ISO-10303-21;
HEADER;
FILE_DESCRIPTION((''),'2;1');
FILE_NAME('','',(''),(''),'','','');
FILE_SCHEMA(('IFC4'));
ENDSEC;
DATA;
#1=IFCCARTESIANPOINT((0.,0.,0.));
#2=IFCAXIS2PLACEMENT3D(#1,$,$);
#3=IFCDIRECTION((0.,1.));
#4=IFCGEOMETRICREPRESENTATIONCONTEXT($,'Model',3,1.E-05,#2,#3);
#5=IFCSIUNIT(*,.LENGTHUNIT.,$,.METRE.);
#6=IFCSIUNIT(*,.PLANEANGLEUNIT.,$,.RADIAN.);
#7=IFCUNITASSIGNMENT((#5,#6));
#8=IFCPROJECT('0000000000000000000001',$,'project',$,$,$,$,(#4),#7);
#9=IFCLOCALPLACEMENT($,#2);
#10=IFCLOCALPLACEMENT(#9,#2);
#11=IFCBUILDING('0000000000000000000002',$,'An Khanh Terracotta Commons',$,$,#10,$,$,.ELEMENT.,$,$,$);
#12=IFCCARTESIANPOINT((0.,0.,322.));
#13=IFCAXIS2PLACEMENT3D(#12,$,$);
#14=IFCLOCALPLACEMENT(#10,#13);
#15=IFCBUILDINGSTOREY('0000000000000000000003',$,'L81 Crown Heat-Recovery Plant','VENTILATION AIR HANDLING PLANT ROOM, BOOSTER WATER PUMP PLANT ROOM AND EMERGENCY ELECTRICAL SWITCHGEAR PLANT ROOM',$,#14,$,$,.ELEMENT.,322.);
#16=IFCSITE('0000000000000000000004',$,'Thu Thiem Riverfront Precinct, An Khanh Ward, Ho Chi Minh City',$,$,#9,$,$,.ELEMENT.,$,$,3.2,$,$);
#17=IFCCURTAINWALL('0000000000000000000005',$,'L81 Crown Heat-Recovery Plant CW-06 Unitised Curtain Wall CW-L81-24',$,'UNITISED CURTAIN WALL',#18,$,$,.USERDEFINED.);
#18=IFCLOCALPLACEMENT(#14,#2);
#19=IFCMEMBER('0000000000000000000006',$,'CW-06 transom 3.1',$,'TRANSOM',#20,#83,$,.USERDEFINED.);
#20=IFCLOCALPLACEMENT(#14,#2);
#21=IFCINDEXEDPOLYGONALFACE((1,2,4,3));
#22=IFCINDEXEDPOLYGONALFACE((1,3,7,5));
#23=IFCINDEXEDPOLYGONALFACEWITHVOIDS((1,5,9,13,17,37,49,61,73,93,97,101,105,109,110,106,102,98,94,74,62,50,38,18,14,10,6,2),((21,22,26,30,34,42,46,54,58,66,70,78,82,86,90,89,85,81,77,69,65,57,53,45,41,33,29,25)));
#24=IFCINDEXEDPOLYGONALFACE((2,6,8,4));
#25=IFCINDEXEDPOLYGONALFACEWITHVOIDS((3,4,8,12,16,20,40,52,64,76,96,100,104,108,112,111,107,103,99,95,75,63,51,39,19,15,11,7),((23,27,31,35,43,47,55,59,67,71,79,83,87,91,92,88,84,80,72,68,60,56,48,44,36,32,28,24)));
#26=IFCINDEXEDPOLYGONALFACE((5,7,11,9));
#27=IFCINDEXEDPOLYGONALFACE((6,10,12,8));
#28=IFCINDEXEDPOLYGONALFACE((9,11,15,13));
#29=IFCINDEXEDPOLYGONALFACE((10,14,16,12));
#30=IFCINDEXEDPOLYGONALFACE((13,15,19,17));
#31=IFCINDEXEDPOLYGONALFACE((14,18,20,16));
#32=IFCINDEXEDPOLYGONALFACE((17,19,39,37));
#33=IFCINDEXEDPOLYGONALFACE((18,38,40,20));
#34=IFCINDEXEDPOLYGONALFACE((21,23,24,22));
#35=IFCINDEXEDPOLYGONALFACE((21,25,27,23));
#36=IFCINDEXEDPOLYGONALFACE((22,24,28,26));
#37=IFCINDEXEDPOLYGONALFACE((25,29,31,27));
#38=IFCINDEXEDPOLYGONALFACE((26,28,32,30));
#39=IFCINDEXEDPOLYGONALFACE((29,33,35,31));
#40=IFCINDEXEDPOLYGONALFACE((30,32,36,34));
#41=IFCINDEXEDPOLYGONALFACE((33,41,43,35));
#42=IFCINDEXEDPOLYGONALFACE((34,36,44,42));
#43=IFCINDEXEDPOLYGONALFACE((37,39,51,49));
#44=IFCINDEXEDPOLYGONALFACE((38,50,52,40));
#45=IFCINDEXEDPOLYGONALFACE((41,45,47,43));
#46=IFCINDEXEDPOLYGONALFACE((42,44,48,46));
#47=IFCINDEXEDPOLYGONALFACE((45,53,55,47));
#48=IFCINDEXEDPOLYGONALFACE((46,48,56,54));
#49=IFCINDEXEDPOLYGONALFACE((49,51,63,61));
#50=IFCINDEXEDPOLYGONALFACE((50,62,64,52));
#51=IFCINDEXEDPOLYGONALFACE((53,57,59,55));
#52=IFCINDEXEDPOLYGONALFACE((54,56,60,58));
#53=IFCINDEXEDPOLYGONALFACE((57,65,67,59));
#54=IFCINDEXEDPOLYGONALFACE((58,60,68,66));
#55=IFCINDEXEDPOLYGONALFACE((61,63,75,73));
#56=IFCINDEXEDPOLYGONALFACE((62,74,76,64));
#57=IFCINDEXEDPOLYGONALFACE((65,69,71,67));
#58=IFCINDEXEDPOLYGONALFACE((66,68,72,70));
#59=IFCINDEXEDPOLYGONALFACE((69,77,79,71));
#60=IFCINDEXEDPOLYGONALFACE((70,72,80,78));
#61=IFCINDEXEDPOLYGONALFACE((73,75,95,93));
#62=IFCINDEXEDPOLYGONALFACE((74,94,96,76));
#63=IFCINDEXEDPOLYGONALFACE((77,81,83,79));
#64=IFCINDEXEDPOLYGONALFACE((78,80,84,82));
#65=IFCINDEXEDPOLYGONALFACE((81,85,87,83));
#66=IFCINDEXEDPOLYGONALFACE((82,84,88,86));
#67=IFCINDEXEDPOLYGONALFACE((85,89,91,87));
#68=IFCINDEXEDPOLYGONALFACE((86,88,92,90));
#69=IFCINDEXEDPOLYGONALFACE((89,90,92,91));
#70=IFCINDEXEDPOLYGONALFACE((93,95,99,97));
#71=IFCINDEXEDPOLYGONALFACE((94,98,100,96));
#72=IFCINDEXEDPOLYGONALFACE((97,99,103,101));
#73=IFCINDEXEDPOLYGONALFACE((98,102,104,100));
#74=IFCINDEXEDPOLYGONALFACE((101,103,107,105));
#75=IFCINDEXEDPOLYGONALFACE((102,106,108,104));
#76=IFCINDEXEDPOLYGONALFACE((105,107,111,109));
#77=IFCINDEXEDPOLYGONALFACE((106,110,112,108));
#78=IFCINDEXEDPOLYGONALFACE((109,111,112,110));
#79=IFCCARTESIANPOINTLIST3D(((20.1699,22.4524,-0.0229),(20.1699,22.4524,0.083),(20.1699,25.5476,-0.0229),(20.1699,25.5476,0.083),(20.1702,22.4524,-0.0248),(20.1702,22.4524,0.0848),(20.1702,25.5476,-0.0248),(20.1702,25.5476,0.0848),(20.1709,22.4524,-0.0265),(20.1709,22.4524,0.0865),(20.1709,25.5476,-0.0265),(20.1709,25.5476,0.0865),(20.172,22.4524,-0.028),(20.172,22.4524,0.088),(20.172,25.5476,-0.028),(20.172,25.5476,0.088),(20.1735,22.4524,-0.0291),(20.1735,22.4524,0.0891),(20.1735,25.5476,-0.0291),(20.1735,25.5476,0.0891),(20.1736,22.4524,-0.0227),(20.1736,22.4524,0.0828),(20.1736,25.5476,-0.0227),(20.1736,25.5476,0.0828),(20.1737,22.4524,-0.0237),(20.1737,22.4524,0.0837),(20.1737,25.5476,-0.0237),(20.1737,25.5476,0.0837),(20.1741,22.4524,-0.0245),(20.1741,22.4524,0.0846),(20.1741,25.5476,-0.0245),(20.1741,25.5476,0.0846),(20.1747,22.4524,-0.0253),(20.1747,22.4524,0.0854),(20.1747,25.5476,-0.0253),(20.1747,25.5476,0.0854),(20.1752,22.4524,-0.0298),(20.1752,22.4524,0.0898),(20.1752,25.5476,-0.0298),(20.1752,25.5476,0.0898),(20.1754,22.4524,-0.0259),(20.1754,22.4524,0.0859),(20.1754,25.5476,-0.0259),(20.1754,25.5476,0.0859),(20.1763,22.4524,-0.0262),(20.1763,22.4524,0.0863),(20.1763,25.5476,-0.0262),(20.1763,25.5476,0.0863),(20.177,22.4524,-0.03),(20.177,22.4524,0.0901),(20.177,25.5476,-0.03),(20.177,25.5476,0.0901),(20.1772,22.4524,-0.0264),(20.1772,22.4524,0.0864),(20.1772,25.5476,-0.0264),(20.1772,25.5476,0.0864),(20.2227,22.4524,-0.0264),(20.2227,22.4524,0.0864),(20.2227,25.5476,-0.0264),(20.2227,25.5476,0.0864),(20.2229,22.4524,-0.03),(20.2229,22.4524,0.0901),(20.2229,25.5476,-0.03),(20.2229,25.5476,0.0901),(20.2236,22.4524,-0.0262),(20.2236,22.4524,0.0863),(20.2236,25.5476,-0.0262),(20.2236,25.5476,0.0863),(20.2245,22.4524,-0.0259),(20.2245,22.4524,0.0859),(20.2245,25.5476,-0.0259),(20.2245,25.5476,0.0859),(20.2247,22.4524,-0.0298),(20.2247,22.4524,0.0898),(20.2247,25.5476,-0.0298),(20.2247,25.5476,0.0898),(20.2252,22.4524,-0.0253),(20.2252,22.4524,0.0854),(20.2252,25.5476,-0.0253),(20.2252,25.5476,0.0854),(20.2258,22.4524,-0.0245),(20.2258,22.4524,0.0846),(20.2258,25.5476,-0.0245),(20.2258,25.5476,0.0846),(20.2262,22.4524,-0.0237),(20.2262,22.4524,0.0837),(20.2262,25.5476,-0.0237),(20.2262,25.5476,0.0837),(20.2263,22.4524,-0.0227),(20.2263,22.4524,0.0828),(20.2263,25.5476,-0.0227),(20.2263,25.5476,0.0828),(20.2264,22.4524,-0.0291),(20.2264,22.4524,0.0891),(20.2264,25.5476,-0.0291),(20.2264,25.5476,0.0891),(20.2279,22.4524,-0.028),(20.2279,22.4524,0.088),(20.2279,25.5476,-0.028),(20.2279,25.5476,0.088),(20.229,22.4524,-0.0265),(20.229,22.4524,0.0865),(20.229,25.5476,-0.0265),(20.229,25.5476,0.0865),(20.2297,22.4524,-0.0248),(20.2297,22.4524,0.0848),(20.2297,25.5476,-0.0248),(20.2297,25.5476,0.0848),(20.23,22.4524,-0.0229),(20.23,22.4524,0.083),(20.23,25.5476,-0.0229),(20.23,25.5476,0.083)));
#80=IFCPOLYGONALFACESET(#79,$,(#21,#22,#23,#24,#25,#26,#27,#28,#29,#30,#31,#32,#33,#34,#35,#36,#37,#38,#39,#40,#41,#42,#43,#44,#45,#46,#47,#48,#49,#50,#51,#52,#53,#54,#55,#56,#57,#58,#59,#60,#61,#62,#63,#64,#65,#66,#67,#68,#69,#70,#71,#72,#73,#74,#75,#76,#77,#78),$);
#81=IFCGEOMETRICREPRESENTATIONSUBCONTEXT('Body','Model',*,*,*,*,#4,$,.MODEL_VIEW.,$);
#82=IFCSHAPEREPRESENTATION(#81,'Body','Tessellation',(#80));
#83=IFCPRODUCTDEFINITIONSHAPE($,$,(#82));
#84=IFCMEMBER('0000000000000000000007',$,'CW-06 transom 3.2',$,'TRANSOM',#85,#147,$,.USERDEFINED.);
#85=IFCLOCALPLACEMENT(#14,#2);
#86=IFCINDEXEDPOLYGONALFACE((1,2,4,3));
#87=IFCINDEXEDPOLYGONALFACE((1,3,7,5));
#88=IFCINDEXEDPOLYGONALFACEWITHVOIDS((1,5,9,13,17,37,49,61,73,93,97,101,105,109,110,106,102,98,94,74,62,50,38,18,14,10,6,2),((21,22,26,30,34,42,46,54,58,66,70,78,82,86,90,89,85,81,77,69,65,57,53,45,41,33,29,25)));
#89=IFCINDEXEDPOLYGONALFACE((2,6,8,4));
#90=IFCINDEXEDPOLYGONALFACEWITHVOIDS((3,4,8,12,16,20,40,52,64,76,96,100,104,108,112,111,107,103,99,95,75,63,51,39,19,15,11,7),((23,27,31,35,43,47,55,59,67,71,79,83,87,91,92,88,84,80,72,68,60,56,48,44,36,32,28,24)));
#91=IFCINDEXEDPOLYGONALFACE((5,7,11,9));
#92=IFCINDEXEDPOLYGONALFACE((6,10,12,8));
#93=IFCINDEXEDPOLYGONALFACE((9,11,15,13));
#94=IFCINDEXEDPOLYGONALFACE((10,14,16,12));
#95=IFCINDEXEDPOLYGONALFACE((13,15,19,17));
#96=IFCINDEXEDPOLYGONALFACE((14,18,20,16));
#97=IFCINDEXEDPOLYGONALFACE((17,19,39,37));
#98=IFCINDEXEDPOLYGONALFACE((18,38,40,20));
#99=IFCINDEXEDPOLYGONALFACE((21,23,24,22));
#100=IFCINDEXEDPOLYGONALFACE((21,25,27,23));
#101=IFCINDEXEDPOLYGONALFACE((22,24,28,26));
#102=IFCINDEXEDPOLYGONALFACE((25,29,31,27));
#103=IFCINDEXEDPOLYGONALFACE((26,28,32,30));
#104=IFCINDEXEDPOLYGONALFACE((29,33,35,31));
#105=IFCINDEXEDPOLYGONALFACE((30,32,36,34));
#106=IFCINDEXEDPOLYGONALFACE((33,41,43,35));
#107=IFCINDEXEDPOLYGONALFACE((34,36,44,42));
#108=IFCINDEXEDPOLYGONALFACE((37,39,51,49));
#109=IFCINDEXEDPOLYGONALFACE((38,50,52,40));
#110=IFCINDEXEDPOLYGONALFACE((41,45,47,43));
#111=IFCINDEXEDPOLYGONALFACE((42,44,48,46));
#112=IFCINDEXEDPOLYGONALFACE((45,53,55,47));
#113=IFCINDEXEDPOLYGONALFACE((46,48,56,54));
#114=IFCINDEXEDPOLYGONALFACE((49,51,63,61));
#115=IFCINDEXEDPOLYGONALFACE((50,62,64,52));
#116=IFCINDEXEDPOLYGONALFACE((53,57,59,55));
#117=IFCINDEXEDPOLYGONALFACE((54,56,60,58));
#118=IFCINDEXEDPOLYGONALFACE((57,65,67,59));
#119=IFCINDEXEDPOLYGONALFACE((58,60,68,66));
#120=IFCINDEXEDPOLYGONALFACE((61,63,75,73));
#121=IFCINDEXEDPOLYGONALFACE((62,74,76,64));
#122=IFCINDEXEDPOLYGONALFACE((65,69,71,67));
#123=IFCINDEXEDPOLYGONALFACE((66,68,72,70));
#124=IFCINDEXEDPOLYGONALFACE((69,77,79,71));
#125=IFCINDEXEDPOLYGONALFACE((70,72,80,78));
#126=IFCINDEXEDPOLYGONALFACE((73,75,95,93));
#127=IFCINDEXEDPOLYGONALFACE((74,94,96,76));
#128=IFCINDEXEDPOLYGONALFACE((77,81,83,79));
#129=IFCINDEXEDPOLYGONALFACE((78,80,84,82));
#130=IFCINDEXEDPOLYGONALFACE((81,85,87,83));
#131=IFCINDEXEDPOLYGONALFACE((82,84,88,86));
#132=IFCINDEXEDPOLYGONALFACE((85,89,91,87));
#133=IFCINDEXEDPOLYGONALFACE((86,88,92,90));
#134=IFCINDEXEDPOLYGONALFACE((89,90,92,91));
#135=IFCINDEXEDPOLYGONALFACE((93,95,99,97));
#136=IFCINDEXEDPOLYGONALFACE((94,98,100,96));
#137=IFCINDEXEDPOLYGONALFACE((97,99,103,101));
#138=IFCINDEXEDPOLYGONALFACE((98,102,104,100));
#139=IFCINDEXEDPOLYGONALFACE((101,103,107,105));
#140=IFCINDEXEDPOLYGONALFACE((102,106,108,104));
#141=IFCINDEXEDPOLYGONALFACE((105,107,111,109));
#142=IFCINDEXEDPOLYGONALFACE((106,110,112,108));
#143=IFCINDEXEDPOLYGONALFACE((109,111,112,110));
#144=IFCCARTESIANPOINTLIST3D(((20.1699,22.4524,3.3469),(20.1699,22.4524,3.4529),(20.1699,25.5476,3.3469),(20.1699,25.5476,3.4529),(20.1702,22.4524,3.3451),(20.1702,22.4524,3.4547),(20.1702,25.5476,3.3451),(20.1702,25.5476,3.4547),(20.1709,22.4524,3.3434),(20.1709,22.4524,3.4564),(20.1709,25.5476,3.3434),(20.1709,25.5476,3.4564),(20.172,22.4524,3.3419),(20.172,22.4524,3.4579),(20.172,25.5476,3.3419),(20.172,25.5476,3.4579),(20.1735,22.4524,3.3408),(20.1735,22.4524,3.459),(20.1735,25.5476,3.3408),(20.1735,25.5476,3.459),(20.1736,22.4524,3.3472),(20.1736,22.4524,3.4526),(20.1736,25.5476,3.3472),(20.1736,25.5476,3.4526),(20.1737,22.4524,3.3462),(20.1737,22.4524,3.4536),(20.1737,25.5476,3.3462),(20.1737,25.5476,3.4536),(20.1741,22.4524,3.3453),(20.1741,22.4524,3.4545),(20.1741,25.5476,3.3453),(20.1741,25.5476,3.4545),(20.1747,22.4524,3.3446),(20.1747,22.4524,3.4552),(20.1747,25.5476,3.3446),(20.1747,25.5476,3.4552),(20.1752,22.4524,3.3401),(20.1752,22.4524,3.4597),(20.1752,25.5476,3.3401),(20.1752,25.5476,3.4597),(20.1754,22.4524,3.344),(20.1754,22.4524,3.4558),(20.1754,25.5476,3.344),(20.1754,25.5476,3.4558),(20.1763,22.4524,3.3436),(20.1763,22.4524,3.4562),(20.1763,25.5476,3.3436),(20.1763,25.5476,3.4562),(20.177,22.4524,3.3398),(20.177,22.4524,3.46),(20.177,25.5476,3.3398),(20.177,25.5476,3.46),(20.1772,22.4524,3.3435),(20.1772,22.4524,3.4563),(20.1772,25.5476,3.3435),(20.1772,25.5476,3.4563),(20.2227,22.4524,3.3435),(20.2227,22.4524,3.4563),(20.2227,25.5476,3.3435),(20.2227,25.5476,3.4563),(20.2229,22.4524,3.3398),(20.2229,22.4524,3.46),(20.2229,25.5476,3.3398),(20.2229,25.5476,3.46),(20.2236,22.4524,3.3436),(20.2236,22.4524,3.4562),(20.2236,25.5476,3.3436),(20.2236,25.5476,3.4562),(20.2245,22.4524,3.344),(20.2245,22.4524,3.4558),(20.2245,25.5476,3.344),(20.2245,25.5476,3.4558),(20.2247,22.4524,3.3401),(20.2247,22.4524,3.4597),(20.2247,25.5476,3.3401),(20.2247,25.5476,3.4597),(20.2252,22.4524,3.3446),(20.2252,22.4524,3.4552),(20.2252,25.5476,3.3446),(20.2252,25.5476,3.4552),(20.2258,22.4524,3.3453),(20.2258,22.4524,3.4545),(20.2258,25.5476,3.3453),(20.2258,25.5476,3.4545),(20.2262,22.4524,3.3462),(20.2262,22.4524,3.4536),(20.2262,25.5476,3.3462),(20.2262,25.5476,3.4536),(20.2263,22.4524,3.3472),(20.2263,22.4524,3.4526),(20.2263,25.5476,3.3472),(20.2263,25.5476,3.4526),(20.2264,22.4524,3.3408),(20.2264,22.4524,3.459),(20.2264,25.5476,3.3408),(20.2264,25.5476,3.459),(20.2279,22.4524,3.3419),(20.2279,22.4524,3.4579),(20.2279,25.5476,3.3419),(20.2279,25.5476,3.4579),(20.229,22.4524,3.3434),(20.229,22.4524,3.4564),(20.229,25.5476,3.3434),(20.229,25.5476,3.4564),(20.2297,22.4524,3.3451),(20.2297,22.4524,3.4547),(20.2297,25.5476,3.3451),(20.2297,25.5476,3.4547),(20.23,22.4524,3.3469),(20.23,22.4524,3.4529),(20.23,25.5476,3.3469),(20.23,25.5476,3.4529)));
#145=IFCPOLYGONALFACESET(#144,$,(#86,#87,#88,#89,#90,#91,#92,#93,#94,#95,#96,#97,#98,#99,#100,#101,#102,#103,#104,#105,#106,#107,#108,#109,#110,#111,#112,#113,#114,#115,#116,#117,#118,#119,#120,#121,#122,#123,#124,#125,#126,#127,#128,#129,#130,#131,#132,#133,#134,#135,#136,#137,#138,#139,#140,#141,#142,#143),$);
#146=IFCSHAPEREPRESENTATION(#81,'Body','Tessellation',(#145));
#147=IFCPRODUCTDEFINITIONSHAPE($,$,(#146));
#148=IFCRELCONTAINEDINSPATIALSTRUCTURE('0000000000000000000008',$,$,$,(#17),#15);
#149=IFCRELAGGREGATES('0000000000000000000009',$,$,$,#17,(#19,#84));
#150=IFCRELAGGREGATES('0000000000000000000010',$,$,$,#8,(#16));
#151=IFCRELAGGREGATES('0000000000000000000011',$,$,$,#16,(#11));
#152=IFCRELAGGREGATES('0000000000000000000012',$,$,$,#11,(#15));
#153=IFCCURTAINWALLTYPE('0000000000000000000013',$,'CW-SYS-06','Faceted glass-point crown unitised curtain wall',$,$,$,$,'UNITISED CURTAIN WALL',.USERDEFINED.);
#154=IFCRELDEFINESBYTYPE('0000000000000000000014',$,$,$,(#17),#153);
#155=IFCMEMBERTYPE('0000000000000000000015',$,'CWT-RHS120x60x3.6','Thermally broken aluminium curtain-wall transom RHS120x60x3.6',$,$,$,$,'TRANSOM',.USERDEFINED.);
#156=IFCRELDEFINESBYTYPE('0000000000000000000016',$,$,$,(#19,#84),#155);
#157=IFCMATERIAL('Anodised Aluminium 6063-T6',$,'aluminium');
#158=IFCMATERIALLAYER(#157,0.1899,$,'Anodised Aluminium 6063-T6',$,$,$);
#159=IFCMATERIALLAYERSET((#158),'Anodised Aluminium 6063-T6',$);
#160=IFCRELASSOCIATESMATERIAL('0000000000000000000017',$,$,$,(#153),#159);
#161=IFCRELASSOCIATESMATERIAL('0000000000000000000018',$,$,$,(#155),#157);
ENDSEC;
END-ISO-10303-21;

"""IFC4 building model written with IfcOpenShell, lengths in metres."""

from ifc_helpers import new_model, si_unit, direction, frame, origin, origin_2d, place, context, subcontext, project, spatial, hollow_rectangle, extrude, material, layer, layer_set, material_profile, profile_set, type_object, element, aggregate, save


model = new_model("IFC4")

# Units and contexts
model_context = context("Model", 3, precision=1e-05, world=origin(), true_north=direction((0.0, 1.0)))
body_context = subcontext(model_context, "Body", "Model", "MODEL_VIEW")
ifc_project = project(units=[si_unit("LENGTHUNIT", "METRE"), si_unit("PLANEANGLEUNIT", "RADIAN")], contexts=[model_context])

# Site, building, storey
site_placement = place(None, origin())
site = spatial("IfcSite", under=ifc_project, at=site_placement, Name="Thu Thiem Riverfront Precinct, An Khanh Ward, Ho Chi Minh City", CompositionType="ELEMENT", RefElevation=3.2)
building_placement = place(site_placement, origin())
building = spatial("IfcBuilding", under=site, at=building_placement, Name="An Khanh Terracotta Commons", CompositionType="ELEMENT")
storey_placement = place(building_placement, frame((0.0, 0.0, 322.0)))
storey = spatial("IfcBuildingStorey", under=building, at=storey_placement, Name="L81 Crown Heat-Recovery Plant", Description="VENTILATION AIR HANDLING PLANT ROOM, BOOSTER WATER PUMP PLANT ROOM AND EMERGENCY ELECTRICAL SWITCHGEAR PLANT ROOM", CompositionType="ELEMENT", Elevation=322.0)

# Shared definitions
ifc_material_1 = material(Name="Anodised Aluminium 6063-T6", Category="aluminium")
ifc_layer_1 = layer(ifc_material_1, 0.1899, Name="Anodised Aluminium 6063-T6")
ifc_layer_set_1 = layer_set([ifc_layer_1], Name="Anodised Aluminium 6063-T6")
curtain_wall_type = type_object("IfcCurtainWallType", Name="CW-SYS-06", Description="Faceted glass-point crown unitised curtain wall", ElementType="UNITISED CURTAIN WALL", PredefinedType="USERDEFINED", material=ifc_layer_set_1)

# Curtain wall, members
curtain_wall_1_placement = place(storey_placement, origin())
curtain_wall_1 = element("IfcCurtainWall", 1, at=curtain_wall_1_placement, inside=storey, type_object=curtain_wall_type, Name="L81 Crown Heat-Recovery Plant CW-06 Unitised Curtain Wall CW-L81-24", ObjectType="UNITISED CURTAIN WALL", PredefinedType="USERDEFINED")
ifc_material_profile_1 = material_profile(ifc_material_1, hollow_rectangle(XDim=0.0601, YDim=0.1201, WallThickness=0.0037, InnerFilletRadius=0.0037, OuterFilletRadius=0.0071, at=origin_2d()), Name="RHS120x60x3.6")
ifc_profile_set_1 = profile_set([ifc_material_profile_1], Name="Anodised Aluminium 6063-T6")
member_type_1 = type_object("IfcMemberType", Name="CWT-RHS120x60x3.6", Description="Thermally broken aluminium curtain-wall transom RHS120x60x3.6", ElementType="TRANSOM", PredefinedType="USERDEFINED", material=ifc_profile_set_1)
member_1_placement = place(storey_placement, frame((20.2, 25.5476, 0.03), z_axis=(0.0, -1.0, 0.0), x_axis=(1.0, 0.0, 0.0)))
member_1 = element("IfcMember", 2, at=member_1_placement, type_object=member_type_1, Name="CW-06 transom 3.1", ObjectType="TRANSOM", PredefinedType="USERDEFINED", context=body_context, shape_type="SweptSolid", body=[
    extrude(hollow_rectangle(XDim=0.0601, YDim=0.1201, WallThickness=0.0037, InnerFilletRadius=0.0037, OuterFilletRadius=0.0071, at=origin_2d()), origin(), (0.0, 0.0, 1.0), 3.0952),
])
member_2_placement = place(storey_placement, frame((20.2, 25.5476, 3.3999), z_axis=(0.0, -1.0, 0.0), x_axis=(1.0, 0.0, 0.0)))
member_2 = element("IfcMember", 3, at=member_2_placement, type_object=member_type_1, Name="CW-06 transom 3.2", ObjectType="TRANSOM", PredefinedType="USERDEFINED", context=body_context, shape_type="SweptSolid", body=[
    extrude(hollow_rectangle(XDim=0.0601, YDim=0.1201, WallThickness=0.0037, InnerFilletRadius=0.0037, OuterFilletRadius=0.0071, at=origin_2d()), origin(), (0.0, 0.0, 1.0), 3.0952),
])

aggregate(curtain_wall_1, [member_1, member_2])

save(model, "model.ifc")
